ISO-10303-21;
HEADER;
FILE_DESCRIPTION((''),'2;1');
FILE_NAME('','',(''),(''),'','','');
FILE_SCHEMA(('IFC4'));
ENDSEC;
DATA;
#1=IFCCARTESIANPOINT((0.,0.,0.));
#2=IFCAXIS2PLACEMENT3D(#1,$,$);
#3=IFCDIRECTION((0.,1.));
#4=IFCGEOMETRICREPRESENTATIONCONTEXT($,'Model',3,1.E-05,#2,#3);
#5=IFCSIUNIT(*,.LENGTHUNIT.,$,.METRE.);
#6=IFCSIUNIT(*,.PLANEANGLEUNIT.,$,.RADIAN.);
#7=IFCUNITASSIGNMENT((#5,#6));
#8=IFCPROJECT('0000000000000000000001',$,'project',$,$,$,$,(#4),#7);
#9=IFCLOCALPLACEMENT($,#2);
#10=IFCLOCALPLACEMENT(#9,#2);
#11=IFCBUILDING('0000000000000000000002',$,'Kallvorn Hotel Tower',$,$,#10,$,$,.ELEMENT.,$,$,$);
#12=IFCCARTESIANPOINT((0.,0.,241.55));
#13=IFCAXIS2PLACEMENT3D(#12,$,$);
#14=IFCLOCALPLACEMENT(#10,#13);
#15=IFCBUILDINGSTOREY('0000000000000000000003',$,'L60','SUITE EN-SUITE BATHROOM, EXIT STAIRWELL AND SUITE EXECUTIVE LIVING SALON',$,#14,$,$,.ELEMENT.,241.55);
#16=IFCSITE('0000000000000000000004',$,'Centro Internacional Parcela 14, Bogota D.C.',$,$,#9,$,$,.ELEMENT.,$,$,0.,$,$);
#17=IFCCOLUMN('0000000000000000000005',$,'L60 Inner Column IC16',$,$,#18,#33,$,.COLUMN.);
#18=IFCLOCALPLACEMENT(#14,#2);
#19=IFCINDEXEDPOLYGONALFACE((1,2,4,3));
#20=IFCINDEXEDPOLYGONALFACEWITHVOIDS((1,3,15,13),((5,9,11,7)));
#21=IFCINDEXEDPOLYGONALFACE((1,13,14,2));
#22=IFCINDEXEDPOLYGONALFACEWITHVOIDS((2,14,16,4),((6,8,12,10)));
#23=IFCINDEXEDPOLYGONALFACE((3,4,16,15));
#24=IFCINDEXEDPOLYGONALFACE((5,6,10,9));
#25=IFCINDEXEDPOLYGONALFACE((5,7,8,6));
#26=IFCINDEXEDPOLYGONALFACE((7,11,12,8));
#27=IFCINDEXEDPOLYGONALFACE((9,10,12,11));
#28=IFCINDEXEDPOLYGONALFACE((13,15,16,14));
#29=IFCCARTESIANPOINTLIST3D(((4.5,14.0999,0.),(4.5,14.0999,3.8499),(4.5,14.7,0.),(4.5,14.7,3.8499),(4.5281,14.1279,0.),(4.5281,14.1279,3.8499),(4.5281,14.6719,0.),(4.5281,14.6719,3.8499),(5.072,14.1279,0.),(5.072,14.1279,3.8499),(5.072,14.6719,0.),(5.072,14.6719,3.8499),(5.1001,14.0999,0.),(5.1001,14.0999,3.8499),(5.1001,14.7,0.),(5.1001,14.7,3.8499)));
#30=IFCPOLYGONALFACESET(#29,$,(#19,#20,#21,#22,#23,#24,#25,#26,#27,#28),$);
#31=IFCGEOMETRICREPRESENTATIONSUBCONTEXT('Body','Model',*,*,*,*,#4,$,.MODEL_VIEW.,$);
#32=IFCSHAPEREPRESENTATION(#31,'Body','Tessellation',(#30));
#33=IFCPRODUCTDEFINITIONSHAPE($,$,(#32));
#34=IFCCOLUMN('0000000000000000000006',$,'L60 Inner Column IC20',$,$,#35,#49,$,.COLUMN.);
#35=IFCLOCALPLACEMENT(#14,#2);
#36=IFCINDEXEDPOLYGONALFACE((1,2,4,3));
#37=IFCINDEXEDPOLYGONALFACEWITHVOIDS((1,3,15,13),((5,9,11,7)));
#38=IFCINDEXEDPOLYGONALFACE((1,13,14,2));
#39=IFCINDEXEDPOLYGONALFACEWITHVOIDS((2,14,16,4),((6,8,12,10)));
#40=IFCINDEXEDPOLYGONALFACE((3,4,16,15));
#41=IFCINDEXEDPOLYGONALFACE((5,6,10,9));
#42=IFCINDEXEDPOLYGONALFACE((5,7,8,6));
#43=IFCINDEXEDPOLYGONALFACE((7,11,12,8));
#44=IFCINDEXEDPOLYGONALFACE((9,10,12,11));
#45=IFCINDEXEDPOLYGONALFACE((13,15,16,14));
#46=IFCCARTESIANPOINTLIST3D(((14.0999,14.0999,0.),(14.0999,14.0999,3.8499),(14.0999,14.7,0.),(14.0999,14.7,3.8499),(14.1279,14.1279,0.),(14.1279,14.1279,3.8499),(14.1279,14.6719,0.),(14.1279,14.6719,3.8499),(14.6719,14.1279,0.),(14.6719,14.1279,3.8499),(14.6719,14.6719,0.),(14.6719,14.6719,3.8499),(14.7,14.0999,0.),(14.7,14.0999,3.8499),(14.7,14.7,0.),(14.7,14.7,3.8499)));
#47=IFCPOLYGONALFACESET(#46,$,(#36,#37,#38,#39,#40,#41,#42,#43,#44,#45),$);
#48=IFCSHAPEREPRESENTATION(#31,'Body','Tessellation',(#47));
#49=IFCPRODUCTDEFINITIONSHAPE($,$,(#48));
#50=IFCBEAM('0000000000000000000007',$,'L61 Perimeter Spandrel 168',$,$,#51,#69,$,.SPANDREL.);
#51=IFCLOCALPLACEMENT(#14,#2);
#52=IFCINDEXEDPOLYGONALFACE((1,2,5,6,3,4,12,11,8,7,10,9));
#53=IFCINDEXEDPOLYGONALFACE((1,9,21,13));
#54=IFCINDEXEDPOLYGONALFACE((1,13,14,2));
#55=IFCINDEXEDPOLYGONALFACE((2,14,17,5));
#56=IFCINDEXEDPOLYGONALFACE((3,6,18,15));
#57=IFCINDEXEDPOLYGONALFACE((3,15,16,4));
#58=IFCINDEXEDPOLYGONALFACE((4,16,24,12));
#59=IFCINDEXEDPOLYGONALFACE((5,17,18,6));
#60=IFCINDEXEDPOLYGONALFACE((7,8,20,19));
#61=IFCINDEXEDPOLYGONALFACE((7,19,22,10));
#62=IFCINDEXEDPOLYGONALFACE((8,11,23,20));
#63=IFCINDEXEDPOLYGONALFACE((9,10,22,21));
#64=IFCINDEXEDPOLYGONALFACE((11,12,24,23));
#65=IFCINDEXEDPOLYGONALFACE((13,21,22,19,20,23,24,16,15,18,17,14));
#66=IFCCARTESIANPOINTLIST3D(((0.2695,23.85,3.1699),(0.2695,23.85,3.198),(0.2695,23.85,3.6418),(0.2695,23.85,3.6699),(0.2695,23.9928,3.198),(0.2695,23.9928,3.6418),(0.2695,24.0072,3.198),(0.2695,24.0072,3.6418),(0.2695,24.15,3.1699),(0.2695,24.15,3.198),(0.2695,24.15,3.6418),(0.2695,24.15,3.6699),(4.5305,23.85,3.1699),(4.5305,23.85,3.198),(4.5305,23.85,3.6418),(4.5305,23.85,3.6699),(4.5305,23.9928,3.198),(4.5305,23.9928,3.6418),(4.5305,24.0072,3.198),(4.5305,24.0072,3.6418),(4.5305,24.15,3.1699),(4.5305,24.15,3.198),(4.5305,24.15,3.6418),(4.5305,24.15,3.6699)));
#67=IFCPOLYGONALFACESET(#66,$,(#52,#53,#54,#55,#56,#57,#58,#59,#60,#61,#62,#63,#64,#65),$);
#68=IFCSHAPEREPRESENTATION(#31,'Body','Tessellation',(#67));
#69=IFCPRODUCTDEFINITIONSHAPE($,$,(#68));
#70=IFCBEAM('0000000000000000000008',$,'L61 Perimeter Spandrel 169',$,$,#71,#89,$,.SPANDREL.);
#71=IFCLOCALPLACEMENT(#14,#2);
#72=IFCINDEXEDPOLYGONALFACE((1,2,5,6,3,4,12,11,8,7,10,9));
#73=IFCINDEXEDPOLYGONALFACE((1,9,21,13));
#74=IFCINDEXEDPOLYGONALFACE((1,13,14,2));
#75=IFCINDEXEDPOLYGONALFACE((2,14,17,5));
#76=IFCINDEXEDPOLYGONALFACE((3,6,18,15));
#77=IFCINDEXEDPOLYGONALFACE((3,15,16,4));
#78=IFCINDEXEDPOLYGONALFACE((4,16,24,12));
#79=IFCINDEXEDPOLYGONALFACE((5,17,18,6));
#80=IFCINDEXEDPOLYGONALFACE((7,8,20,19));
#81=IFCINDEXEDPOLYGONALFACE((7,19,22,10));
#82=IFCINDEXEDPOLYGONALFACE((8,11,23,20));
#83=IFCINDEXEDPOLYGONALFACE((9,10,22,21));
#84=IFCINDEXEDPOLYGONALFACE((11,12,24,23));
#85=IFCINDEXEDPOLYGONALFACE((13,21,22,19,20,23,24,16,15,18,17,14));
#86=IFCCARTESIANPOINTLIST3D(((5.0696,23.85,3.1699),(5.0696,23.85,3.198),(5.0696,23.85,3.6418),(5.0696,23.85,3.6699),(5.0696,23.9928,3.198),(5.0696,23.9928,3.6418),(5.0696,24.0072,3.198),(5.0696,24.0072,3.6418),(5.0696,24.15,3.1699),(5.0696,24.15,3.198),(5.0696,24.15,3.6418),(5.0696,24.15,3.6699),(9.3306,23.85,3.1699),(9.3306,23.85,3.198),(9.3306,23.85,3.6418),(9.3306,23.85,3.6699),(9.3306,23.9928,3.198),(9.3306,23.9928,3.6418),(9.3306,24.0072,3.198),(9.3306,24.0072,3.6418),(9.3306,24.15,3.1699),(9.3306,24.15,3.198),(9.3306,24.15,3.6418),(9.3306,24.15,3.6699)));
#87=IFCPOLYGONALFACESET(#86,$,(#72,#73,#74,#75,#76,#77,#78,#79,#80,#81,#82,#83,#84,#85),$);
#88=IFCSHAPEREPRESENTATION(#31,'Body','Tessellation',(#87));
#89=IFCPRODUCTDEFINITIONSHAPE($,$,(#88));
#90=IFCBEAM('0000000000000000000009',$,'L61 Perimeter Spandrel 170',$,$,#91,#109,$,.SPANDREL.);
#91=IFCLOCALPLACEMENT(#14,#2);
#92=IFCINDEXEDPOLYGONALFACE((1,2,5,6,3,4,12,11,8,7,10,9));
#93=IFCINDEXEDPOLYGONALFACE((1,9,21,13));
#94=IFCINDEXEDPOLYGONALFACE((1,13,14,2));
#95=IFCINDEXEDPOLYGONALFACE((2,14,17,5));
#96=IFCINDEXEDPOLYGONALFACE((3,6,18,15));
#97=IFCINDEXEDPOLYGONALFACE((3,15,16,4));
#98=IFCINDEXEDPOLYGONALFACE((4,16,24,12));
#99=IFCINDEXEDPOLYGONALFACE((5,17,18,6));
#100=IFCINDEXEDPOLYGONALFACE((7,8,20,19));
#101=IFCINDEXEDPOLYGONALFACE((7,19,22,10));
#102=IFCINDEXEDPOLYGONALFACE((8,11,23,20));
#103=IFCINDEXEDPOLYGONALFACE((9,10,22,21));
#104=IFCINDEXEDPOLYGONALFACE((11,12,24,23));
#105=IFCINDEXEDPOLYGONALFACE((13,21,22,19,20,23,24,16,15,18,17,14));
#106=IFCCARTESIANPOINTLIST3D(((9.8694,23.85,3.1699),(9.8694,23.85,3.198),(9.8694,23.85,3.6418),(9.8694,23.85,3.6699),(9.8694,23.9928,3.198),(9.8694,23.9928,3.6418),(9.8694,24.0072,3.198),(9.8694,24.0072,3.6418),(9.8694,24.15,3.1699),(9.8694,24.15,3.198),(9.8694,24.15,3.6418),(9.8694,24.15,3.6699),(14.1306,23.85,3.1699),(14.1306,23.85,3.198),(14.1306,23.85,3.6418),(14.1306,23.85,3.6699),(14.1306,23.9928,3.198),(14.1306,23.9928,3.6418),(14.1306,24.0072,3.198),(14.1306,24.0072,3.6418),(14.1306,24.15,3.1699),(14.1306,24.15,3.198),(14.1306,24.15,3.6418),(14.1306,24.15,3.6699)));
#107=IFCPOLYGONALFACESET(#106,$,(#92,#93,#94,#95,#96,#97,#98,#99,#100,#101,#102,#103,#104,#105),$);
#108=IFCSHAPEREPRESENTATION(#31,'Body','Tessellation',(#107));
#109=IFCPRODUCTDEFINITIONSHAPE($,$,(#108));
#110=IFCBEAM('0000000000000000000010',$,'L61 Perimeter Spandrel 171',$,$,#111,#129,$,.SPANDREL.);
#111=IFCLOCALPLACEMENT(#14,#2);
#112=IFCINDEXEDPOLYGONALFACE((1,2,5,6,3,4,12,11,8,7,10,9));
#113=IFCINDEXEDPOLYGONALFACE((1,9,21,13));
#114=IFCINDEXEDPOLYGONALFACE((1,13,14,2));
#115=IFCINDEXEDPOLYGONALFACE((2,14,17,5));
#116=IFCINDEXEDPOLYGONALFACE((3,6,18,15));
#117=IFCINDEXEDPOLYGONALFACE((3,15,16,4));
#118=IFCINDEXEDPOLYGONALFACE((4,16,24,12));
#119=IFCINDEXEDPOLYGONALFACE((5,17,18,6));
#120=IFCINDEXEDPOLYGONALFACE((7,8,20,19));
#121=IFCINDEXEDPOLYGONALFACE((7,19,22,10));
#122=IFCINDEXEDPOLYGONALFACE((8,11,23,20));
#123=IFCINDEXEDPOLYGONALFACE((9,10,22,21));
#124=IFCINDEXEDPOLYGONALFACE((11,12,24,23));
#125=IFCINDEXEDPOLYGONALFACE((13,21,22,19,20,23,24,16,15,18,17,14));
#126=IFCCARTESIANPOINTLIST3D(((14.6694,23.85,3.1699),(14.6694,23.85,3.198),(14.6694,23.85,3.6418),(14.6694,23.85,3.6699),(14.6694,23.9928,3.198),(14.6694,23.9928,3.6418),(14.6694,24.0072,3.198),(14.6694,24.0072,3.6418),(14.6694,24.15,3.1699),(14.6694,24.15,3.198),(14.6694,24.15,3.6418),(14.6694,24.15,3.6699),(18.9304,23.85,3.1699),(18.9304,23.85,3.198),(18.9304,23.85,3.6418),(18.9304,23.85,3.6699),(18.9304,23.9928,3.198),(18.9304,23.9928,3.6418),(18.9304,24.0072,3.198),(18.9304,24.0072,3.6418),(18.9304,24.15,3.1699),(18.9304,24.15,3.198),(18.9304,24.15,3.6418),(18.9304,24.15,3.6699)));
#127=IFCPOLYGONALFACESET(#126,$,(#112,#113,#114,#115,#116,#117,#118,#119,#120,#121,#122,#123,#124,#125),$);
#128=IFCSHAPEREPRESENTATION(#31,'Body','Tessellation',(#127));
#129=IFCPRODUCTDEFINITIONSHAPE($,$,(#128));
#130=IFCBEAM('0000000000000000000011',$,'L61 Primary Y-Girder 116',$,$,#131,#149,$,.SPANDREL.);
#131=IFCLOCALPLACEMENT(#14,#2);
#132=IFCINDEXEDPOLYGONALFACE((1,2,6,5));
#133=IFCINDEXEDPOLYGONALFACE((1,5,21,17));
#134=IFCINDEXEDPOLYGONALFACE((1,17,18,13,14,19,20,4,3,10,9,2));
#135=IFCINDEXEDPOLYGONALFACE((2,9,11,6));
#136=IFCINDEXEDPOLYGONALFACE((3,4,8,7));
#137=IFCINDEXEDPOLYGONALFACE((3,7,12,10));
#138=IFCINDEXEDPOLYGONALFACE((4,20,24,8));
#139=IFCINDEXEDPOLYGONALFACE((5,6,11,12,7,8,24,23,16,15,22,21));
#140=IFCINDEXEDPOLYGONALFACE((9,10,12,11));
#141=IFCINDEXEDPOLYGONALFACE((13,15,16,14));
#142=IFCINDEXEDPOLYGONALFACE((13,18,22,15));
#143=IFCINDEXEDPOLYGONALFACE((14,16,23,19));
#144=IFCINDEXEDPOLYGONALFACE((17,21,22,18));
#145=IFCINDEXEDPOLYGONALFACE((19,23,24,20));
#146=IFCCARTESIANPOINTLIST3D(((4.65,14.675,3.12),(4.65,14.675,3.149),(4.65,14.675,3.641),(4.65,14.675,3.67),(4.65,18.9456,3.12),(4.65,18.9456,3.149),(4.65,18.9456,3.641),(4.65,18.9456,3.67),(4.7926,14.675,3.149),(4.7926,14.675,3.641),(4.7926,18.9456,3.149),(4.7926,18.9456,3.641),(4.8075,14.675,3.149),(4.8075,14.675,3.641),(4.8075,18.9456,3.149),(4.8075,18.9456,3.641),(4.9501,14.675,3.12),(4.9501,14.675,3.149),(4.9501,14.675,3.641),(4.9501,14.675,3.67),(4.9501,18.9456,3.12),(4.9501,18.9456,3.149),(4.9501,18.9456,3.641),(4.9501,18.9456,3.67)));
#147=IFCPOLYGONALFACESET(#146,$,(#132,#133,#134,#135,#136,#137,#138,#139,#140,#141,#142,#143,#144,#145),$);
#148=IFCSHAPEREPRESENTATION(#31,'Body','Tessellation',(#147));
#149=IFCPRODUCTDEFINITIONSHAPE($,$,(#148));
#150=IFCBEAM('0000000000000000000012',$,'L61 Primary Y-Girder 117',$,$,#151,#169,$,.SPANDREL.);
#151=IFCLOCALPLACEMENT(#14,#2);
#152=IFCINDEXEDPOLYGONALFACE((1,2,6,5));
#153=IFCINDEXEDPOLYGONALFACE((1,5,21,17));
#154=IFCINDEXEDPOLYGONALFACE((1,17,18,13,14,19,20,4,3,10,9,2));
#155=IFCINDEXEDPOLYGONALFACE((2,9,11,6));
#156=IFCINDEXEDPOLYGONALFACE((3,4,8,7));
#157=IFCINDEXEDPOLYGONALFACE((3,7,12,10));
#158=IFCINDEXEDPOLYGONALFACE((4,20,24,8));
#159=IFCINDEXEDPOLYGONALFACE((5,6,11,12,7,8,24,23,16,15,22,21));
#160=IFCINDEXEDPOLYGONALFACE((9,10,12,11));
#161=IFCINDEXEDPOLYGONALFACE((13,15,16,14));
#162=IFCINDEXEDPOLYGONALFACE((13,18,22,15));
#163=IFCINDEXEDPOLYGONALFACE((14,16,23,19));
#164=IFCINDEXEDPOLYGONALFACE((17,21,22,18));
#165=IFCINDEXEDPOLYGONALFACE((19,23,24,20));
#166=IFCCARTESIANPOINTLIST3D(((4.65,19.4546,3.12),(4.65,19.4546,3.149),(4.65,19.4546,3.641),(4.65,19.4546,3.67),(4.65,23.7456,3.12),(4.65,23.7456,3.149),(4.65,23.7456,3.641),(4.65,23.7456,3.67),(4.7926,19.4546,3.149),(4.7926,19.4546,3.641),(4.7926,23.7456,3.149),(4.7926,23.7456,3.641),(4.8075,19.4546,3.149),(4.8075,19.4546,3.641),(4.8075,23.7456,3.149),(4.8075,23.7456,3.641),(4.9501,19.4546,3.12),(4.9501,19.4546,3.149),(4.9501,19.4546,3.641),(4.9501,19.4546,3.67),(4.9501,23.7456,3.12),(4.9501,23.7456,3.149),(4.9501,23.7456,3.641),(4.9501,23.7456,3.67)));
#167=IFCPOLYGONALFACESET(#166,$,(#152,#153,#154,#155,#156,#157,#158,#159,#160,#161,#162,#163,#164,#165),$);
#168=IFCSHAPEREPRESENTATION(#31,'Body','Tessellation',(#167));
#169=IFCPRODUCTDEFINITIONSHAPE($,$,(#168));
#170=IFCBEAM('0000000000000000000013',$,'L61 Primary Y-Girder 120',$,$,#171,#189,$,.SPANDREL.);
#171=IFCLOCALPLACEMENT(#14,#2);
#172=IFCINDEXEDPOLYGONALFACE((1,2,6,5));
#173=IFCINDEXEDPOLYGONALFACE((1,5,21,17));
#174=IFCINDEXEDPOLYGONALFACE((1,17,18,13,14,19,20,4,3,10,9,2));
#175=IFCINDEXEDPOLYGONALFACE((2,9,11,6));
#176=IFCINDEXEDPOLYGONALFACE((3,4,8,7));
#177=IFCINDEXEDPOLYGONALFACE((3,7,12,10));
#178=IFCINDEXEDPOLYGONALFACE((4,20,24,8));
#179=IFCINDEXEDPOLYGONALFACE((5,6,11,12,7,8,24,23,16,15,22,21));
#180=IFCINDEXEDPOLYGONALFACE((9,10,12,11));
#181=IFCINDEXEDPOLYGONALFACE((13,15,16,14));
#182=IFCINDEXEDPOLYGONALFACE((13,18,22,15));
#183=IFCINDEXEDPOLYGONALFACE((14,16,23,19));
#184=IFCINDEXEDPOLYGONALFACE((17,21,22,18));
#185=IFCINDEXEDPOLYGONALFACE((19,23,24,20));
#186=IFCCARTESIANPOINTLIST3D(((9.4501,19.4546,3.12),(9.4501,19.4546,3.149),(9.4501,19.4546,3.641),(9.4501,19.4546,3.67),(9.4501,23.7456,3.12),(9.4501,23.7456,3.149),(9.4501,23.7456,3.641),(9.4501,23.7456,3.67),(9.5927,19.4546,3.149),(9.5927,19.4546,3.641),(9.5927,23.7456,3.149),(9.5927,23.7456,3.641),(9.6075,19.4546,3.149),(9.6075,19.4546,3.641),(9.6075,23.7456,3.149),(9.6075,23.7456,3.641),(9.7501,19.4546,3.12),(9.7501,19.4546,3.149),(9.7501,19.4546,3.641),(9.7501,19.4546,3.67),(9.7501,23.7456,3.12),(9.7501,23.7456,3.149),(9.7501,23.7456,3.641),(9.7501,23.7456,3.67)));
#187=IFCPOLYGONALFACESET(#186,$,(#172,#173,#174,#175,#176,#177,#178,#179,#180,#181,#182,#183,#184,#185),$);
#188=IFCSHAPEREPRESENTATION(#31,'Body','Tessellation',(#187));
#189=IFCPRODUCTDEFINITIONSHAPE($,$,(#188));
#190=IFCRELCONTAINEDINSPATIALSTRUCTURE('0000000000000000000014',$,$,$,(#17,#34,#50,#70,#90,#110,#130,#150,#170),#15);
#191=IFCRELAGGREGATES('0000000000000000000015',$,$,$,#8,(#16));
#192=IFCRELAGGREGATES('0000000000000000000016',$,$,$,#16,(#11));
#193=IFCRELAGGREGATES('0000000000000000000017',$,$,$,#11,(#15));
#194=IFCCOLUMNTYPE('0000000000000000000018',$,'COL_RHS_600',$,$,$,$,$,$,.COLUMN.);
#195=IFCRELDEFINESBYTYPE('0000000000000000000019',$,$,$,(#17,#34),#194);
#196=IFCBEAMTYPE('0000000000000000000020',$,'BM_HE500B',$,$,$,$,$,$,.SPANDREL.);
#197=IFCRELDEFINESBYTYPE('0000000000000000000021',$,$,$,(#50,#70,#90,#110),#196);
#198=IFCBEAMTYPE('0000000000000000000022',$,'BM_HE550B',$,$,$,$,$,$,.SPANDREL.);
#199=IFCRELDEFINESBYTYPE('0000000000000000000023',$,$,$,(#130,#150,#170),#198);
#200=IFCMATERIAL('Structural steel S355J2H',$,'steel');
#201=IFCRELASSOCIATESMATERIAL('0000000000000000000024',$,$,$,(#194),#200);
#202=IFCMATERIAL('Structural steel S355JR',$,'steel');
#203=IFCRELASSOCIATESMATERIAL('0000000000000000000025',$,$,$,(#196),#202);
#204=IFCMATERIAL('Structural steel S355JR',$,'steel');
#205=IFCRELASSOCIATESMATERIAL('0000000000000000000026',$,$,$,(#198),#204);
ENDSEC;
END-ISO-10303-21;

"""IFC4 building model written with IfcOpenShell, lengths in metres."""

from ifc_helpers import new_model, si_unit, direction, frame, origin, origin_2d, place, context, subcontext, project, spatial, hollow_rectangle, i_section, extrude, material, material_profile, profile_set, type_object, element, save


model = new_model("IFC4")

# Units and contexts
model_context = context("Model", 3, precision=1e-05, world=origin(), true_north=direction((0.0, 1.0)))
body_context = subcontext(model_context, "Body", "Model", "MODEL_VIEW")
ifc_project = project(units=[si_unit("LENGTHUNIT", "METRE"), si_unit("PLANEANGLEUNIT", "RADIAN")], contexts=[model_context])

# Site, building, storey
site_placement = place(None, origin())
site = spatial("IfcSite", under=ifc_project, at=site_placement, Name="Centro Internacional Parcela 14, Bogota D.C.", CompositionType="ELEMENT", RefElevation=0.0)
building_placement = place(site_placement, origin())
building = spatial("IfcBuilding", under=site, at=building_placement, Name="Kallvorn Hotel Tower", CompositionType="ELEMENT")
storey_placement = place(building_placement, frame((0.0, 0.0, 241.55)))
storey = spatial("IfcBuildingStorey", under=building, at=storey_placement, Name="L60", Description="SUITE EN-SUITE BATHROOM, EXIT STAIRWELL AND SUITE EXECUTIVE LIVING SALON", CompositionType="ELEMENT", Elevation=241.55)

# Columns
ifc_material_1 = material(Name="Structural steel S355J2H", Category="steel")
ifc_material_profile_1 = material_profile(ifc_material_1, hollow_rectangle(XDim=0.6001, YDim=0.6001, WallThickness=0.0281, at=origin_2d()), Name="RHS 600x600x28")
ifc_profile_set_1 = profile_set([ifc_material_profile_1], Name="Structural steel S355J2H")
column_type_1 = type_object("IfcColumnType", Name="COL_RHS_600", PredefinedType="COLUMN", material=ifc_profile_set_1)
for number, where, z_axis, x_axis, name in (
    (1, (4.8, 14.3999, 0.0), (0.0, 0.0, 1.0), (1.0, 0.0, 0.0), "L60 Inner Column IC16"),
    (2, (14.3999, 14.3999, 0.0), (0.0, 0.0, 1.0), (1.0, 0.0, 0.0), "L60 Inner Column IC20"),
):
    element("IfcColumn", number, at=place(storey_placement, frame(where, z_axis=z_axis, x_axis=x_axis)), inside=storey, type_object=column_type_1, Name=name, PredefinedType="COLUMN", context=body_context, shape_type="SweptSolid", body=[
        extrude(hollow_rectangle(XDim=0.6001, YDim=0.6001, WallThickness=0.0281, at=origin_2d()), origin(), (0.0, 0.0, 1.0), 3.8499),
    ])

# Beams
ifc_material_2 = material(Name="Structural steel S355JR", Category="steel")
ifc_material_profile_2 = material_profile(ifc_material_2, i_section(OverallWidth=0.3, OverallDepth=0.5, WebThickness=0.0144, FlangeThickness=0.0281, at=origin_2d()), Name="HE 500 B")
ifc_profile_set_2 = profile_set([ifc_material_profile_2], Name="Structural steel S355JR")
beam_type_1 = type_object("IfcBeamType", Name="BM_HE500B", PredefinedType="SPANDREL", material=ifc_profile_set_2)
for number, where, z_axis, x_axis, name in (
    (3, (0.2695, 24.0, 3.4199), (1.0, 0.0, 0.0), (0.0, 1.0, 0.0), "L61 Perimeter Spandrel 168"),
    (4, (5.0696, 24.0, 3.4199), (1.0, 0.0, 0.0), (0.0, 1.0, 0.0), "L61 Perimeter Spandrel 169"),
):
    element("IfcBeam", number, at=place(storey_placement, frame(where, z_axis=z_axis, x_axis=x_axis)), inside=storey, type_object=beam_type_1, Name=name, PredefinedType="SPANDREL", context=body_context, shape_type="SweptSolid", body=[
        extrude(i_section(OverallWidth=0.3, OverallDepth=0.5, WebThickness=0.0144, FlangeThickness=0.0281, at=origin_2d()), origin(), (0.0, 0.0, 1.0), 4.261),
    ])
beam_1_placement = place(storey_placement, frame((9.8694, 24.0, 3.4199), z_axis=(1.0, 0.0, 0.0), x_axis=(0.0, 1.0, 0.0)))
element("IfcBeam", 5, at=beam_1_placement, inside=storey, type_object=beam_type_1, Name="L61 Perimeter Spandrel 170", PredefinedType="SPANDREL", context=body_context, shape_type="SweptSolid", body=[
    extrude(i_section(OverallWidth=0.3, OverallDepth=0.5, WebThickness=0.0144, FlangeThickness=0.0281, at=origin_2d()), origin(), (0.0, 0.0, 1.0), 4.2612),
])
beam_2_placement = place(storey_placement, frame((14.6694, 24.0, 3.4199), z_axis=(1.0, 0.0, 0.0), x_axis=(0.0, 1.0, 0.0)))
element("IfcBeam", 6, at=beam_2_placement, inside=storey, type_object=beam_type_1, Name="L61 Perimeter Spandrel 171", PredefinedType="SPANDREL", context=body_context, shape_type="SweptSolid", body=[
    extrude(i_section(OverallWidth=0.3, OverallDepth=0.5, WebThickness=0.0144, FlangeThickness=0.0281, at=origin_2d()), origin(), (0.0, 0.0, 1.0), 4.261),
])
ifc_material_3 = material(Name="Structural steel S355JR", Category="steel")
ifc_material_profile_3 = material_profile(ifc_material_3, i_section(OverallWidth=0.3, OverallDepth=0.55, WebThickness=0.0149, FlangeThickness=0.0291, at=origin_2d()), Name="HE 550 B")
ifc_profile_set_3 = profile_set([ifc_material_profile_3], Name="Structural steel S355JR")
beam_type_2 = type_object("IfcBeamType", Name="BM_HE550B", PredefinedType="SPANDREL", material=ifc_profile_set_3)
beam_3_placement = place(storey_placement, frame((4.8, 14.675, 3.395), z_axis=(0.0, 1.0, 0.0), x_axis=(-1.0, 0.0, 0.0)))
element("IfcBeam", 7, at=beam_3_placement, inside=storey, type_object=beam_type_2, Name="L61 Primary Y-Girder 116", PredefinedType="SPANDREL", context=body_context, shape_type="SweptSolid", body=[
    extrude(i_section(OverallWidth=0.3, OverallDepth=0.55, WebThickness=0.0149, FlangeThickness=0.0291, at=origin_2d()), origin(), (0.0, 0.0, 1.0), 4.2705),
])
for number, where, z_axis, x_axis, name in (
    (8, (4.8, 19.4546, 3.395), (0.0, 1.0, 0.0), (-1.0, 0.0, 0.0), "L61 Primary Y-Girder 117"),
    (9, (9.6001, 19.4546, 3.395), (0.0, 1.0, 0.0), (-1.0, 0.0, 0.0), "L61 Primary Y-Girder 120"),
):
    element("IfcBeam", number, at=place(storey_placement, frame(where, z_axis=z_axis, x_axis=x_axis)), inside=storey, type_object=beam_type_2, Name=name, PredefinedType="SPANDREL", context=body_context, shape_type="SweptSolid", body=[
        extrude(i_section(OverallWidth=0.3, OverallDepth=0.55, WebThickness=0.0149, FlangeThickness=0.0291, at=origin_2d()), origin(), (0.0, 0.0, 1.0), 4.291),
    ])

save(model, "model.ifc")
